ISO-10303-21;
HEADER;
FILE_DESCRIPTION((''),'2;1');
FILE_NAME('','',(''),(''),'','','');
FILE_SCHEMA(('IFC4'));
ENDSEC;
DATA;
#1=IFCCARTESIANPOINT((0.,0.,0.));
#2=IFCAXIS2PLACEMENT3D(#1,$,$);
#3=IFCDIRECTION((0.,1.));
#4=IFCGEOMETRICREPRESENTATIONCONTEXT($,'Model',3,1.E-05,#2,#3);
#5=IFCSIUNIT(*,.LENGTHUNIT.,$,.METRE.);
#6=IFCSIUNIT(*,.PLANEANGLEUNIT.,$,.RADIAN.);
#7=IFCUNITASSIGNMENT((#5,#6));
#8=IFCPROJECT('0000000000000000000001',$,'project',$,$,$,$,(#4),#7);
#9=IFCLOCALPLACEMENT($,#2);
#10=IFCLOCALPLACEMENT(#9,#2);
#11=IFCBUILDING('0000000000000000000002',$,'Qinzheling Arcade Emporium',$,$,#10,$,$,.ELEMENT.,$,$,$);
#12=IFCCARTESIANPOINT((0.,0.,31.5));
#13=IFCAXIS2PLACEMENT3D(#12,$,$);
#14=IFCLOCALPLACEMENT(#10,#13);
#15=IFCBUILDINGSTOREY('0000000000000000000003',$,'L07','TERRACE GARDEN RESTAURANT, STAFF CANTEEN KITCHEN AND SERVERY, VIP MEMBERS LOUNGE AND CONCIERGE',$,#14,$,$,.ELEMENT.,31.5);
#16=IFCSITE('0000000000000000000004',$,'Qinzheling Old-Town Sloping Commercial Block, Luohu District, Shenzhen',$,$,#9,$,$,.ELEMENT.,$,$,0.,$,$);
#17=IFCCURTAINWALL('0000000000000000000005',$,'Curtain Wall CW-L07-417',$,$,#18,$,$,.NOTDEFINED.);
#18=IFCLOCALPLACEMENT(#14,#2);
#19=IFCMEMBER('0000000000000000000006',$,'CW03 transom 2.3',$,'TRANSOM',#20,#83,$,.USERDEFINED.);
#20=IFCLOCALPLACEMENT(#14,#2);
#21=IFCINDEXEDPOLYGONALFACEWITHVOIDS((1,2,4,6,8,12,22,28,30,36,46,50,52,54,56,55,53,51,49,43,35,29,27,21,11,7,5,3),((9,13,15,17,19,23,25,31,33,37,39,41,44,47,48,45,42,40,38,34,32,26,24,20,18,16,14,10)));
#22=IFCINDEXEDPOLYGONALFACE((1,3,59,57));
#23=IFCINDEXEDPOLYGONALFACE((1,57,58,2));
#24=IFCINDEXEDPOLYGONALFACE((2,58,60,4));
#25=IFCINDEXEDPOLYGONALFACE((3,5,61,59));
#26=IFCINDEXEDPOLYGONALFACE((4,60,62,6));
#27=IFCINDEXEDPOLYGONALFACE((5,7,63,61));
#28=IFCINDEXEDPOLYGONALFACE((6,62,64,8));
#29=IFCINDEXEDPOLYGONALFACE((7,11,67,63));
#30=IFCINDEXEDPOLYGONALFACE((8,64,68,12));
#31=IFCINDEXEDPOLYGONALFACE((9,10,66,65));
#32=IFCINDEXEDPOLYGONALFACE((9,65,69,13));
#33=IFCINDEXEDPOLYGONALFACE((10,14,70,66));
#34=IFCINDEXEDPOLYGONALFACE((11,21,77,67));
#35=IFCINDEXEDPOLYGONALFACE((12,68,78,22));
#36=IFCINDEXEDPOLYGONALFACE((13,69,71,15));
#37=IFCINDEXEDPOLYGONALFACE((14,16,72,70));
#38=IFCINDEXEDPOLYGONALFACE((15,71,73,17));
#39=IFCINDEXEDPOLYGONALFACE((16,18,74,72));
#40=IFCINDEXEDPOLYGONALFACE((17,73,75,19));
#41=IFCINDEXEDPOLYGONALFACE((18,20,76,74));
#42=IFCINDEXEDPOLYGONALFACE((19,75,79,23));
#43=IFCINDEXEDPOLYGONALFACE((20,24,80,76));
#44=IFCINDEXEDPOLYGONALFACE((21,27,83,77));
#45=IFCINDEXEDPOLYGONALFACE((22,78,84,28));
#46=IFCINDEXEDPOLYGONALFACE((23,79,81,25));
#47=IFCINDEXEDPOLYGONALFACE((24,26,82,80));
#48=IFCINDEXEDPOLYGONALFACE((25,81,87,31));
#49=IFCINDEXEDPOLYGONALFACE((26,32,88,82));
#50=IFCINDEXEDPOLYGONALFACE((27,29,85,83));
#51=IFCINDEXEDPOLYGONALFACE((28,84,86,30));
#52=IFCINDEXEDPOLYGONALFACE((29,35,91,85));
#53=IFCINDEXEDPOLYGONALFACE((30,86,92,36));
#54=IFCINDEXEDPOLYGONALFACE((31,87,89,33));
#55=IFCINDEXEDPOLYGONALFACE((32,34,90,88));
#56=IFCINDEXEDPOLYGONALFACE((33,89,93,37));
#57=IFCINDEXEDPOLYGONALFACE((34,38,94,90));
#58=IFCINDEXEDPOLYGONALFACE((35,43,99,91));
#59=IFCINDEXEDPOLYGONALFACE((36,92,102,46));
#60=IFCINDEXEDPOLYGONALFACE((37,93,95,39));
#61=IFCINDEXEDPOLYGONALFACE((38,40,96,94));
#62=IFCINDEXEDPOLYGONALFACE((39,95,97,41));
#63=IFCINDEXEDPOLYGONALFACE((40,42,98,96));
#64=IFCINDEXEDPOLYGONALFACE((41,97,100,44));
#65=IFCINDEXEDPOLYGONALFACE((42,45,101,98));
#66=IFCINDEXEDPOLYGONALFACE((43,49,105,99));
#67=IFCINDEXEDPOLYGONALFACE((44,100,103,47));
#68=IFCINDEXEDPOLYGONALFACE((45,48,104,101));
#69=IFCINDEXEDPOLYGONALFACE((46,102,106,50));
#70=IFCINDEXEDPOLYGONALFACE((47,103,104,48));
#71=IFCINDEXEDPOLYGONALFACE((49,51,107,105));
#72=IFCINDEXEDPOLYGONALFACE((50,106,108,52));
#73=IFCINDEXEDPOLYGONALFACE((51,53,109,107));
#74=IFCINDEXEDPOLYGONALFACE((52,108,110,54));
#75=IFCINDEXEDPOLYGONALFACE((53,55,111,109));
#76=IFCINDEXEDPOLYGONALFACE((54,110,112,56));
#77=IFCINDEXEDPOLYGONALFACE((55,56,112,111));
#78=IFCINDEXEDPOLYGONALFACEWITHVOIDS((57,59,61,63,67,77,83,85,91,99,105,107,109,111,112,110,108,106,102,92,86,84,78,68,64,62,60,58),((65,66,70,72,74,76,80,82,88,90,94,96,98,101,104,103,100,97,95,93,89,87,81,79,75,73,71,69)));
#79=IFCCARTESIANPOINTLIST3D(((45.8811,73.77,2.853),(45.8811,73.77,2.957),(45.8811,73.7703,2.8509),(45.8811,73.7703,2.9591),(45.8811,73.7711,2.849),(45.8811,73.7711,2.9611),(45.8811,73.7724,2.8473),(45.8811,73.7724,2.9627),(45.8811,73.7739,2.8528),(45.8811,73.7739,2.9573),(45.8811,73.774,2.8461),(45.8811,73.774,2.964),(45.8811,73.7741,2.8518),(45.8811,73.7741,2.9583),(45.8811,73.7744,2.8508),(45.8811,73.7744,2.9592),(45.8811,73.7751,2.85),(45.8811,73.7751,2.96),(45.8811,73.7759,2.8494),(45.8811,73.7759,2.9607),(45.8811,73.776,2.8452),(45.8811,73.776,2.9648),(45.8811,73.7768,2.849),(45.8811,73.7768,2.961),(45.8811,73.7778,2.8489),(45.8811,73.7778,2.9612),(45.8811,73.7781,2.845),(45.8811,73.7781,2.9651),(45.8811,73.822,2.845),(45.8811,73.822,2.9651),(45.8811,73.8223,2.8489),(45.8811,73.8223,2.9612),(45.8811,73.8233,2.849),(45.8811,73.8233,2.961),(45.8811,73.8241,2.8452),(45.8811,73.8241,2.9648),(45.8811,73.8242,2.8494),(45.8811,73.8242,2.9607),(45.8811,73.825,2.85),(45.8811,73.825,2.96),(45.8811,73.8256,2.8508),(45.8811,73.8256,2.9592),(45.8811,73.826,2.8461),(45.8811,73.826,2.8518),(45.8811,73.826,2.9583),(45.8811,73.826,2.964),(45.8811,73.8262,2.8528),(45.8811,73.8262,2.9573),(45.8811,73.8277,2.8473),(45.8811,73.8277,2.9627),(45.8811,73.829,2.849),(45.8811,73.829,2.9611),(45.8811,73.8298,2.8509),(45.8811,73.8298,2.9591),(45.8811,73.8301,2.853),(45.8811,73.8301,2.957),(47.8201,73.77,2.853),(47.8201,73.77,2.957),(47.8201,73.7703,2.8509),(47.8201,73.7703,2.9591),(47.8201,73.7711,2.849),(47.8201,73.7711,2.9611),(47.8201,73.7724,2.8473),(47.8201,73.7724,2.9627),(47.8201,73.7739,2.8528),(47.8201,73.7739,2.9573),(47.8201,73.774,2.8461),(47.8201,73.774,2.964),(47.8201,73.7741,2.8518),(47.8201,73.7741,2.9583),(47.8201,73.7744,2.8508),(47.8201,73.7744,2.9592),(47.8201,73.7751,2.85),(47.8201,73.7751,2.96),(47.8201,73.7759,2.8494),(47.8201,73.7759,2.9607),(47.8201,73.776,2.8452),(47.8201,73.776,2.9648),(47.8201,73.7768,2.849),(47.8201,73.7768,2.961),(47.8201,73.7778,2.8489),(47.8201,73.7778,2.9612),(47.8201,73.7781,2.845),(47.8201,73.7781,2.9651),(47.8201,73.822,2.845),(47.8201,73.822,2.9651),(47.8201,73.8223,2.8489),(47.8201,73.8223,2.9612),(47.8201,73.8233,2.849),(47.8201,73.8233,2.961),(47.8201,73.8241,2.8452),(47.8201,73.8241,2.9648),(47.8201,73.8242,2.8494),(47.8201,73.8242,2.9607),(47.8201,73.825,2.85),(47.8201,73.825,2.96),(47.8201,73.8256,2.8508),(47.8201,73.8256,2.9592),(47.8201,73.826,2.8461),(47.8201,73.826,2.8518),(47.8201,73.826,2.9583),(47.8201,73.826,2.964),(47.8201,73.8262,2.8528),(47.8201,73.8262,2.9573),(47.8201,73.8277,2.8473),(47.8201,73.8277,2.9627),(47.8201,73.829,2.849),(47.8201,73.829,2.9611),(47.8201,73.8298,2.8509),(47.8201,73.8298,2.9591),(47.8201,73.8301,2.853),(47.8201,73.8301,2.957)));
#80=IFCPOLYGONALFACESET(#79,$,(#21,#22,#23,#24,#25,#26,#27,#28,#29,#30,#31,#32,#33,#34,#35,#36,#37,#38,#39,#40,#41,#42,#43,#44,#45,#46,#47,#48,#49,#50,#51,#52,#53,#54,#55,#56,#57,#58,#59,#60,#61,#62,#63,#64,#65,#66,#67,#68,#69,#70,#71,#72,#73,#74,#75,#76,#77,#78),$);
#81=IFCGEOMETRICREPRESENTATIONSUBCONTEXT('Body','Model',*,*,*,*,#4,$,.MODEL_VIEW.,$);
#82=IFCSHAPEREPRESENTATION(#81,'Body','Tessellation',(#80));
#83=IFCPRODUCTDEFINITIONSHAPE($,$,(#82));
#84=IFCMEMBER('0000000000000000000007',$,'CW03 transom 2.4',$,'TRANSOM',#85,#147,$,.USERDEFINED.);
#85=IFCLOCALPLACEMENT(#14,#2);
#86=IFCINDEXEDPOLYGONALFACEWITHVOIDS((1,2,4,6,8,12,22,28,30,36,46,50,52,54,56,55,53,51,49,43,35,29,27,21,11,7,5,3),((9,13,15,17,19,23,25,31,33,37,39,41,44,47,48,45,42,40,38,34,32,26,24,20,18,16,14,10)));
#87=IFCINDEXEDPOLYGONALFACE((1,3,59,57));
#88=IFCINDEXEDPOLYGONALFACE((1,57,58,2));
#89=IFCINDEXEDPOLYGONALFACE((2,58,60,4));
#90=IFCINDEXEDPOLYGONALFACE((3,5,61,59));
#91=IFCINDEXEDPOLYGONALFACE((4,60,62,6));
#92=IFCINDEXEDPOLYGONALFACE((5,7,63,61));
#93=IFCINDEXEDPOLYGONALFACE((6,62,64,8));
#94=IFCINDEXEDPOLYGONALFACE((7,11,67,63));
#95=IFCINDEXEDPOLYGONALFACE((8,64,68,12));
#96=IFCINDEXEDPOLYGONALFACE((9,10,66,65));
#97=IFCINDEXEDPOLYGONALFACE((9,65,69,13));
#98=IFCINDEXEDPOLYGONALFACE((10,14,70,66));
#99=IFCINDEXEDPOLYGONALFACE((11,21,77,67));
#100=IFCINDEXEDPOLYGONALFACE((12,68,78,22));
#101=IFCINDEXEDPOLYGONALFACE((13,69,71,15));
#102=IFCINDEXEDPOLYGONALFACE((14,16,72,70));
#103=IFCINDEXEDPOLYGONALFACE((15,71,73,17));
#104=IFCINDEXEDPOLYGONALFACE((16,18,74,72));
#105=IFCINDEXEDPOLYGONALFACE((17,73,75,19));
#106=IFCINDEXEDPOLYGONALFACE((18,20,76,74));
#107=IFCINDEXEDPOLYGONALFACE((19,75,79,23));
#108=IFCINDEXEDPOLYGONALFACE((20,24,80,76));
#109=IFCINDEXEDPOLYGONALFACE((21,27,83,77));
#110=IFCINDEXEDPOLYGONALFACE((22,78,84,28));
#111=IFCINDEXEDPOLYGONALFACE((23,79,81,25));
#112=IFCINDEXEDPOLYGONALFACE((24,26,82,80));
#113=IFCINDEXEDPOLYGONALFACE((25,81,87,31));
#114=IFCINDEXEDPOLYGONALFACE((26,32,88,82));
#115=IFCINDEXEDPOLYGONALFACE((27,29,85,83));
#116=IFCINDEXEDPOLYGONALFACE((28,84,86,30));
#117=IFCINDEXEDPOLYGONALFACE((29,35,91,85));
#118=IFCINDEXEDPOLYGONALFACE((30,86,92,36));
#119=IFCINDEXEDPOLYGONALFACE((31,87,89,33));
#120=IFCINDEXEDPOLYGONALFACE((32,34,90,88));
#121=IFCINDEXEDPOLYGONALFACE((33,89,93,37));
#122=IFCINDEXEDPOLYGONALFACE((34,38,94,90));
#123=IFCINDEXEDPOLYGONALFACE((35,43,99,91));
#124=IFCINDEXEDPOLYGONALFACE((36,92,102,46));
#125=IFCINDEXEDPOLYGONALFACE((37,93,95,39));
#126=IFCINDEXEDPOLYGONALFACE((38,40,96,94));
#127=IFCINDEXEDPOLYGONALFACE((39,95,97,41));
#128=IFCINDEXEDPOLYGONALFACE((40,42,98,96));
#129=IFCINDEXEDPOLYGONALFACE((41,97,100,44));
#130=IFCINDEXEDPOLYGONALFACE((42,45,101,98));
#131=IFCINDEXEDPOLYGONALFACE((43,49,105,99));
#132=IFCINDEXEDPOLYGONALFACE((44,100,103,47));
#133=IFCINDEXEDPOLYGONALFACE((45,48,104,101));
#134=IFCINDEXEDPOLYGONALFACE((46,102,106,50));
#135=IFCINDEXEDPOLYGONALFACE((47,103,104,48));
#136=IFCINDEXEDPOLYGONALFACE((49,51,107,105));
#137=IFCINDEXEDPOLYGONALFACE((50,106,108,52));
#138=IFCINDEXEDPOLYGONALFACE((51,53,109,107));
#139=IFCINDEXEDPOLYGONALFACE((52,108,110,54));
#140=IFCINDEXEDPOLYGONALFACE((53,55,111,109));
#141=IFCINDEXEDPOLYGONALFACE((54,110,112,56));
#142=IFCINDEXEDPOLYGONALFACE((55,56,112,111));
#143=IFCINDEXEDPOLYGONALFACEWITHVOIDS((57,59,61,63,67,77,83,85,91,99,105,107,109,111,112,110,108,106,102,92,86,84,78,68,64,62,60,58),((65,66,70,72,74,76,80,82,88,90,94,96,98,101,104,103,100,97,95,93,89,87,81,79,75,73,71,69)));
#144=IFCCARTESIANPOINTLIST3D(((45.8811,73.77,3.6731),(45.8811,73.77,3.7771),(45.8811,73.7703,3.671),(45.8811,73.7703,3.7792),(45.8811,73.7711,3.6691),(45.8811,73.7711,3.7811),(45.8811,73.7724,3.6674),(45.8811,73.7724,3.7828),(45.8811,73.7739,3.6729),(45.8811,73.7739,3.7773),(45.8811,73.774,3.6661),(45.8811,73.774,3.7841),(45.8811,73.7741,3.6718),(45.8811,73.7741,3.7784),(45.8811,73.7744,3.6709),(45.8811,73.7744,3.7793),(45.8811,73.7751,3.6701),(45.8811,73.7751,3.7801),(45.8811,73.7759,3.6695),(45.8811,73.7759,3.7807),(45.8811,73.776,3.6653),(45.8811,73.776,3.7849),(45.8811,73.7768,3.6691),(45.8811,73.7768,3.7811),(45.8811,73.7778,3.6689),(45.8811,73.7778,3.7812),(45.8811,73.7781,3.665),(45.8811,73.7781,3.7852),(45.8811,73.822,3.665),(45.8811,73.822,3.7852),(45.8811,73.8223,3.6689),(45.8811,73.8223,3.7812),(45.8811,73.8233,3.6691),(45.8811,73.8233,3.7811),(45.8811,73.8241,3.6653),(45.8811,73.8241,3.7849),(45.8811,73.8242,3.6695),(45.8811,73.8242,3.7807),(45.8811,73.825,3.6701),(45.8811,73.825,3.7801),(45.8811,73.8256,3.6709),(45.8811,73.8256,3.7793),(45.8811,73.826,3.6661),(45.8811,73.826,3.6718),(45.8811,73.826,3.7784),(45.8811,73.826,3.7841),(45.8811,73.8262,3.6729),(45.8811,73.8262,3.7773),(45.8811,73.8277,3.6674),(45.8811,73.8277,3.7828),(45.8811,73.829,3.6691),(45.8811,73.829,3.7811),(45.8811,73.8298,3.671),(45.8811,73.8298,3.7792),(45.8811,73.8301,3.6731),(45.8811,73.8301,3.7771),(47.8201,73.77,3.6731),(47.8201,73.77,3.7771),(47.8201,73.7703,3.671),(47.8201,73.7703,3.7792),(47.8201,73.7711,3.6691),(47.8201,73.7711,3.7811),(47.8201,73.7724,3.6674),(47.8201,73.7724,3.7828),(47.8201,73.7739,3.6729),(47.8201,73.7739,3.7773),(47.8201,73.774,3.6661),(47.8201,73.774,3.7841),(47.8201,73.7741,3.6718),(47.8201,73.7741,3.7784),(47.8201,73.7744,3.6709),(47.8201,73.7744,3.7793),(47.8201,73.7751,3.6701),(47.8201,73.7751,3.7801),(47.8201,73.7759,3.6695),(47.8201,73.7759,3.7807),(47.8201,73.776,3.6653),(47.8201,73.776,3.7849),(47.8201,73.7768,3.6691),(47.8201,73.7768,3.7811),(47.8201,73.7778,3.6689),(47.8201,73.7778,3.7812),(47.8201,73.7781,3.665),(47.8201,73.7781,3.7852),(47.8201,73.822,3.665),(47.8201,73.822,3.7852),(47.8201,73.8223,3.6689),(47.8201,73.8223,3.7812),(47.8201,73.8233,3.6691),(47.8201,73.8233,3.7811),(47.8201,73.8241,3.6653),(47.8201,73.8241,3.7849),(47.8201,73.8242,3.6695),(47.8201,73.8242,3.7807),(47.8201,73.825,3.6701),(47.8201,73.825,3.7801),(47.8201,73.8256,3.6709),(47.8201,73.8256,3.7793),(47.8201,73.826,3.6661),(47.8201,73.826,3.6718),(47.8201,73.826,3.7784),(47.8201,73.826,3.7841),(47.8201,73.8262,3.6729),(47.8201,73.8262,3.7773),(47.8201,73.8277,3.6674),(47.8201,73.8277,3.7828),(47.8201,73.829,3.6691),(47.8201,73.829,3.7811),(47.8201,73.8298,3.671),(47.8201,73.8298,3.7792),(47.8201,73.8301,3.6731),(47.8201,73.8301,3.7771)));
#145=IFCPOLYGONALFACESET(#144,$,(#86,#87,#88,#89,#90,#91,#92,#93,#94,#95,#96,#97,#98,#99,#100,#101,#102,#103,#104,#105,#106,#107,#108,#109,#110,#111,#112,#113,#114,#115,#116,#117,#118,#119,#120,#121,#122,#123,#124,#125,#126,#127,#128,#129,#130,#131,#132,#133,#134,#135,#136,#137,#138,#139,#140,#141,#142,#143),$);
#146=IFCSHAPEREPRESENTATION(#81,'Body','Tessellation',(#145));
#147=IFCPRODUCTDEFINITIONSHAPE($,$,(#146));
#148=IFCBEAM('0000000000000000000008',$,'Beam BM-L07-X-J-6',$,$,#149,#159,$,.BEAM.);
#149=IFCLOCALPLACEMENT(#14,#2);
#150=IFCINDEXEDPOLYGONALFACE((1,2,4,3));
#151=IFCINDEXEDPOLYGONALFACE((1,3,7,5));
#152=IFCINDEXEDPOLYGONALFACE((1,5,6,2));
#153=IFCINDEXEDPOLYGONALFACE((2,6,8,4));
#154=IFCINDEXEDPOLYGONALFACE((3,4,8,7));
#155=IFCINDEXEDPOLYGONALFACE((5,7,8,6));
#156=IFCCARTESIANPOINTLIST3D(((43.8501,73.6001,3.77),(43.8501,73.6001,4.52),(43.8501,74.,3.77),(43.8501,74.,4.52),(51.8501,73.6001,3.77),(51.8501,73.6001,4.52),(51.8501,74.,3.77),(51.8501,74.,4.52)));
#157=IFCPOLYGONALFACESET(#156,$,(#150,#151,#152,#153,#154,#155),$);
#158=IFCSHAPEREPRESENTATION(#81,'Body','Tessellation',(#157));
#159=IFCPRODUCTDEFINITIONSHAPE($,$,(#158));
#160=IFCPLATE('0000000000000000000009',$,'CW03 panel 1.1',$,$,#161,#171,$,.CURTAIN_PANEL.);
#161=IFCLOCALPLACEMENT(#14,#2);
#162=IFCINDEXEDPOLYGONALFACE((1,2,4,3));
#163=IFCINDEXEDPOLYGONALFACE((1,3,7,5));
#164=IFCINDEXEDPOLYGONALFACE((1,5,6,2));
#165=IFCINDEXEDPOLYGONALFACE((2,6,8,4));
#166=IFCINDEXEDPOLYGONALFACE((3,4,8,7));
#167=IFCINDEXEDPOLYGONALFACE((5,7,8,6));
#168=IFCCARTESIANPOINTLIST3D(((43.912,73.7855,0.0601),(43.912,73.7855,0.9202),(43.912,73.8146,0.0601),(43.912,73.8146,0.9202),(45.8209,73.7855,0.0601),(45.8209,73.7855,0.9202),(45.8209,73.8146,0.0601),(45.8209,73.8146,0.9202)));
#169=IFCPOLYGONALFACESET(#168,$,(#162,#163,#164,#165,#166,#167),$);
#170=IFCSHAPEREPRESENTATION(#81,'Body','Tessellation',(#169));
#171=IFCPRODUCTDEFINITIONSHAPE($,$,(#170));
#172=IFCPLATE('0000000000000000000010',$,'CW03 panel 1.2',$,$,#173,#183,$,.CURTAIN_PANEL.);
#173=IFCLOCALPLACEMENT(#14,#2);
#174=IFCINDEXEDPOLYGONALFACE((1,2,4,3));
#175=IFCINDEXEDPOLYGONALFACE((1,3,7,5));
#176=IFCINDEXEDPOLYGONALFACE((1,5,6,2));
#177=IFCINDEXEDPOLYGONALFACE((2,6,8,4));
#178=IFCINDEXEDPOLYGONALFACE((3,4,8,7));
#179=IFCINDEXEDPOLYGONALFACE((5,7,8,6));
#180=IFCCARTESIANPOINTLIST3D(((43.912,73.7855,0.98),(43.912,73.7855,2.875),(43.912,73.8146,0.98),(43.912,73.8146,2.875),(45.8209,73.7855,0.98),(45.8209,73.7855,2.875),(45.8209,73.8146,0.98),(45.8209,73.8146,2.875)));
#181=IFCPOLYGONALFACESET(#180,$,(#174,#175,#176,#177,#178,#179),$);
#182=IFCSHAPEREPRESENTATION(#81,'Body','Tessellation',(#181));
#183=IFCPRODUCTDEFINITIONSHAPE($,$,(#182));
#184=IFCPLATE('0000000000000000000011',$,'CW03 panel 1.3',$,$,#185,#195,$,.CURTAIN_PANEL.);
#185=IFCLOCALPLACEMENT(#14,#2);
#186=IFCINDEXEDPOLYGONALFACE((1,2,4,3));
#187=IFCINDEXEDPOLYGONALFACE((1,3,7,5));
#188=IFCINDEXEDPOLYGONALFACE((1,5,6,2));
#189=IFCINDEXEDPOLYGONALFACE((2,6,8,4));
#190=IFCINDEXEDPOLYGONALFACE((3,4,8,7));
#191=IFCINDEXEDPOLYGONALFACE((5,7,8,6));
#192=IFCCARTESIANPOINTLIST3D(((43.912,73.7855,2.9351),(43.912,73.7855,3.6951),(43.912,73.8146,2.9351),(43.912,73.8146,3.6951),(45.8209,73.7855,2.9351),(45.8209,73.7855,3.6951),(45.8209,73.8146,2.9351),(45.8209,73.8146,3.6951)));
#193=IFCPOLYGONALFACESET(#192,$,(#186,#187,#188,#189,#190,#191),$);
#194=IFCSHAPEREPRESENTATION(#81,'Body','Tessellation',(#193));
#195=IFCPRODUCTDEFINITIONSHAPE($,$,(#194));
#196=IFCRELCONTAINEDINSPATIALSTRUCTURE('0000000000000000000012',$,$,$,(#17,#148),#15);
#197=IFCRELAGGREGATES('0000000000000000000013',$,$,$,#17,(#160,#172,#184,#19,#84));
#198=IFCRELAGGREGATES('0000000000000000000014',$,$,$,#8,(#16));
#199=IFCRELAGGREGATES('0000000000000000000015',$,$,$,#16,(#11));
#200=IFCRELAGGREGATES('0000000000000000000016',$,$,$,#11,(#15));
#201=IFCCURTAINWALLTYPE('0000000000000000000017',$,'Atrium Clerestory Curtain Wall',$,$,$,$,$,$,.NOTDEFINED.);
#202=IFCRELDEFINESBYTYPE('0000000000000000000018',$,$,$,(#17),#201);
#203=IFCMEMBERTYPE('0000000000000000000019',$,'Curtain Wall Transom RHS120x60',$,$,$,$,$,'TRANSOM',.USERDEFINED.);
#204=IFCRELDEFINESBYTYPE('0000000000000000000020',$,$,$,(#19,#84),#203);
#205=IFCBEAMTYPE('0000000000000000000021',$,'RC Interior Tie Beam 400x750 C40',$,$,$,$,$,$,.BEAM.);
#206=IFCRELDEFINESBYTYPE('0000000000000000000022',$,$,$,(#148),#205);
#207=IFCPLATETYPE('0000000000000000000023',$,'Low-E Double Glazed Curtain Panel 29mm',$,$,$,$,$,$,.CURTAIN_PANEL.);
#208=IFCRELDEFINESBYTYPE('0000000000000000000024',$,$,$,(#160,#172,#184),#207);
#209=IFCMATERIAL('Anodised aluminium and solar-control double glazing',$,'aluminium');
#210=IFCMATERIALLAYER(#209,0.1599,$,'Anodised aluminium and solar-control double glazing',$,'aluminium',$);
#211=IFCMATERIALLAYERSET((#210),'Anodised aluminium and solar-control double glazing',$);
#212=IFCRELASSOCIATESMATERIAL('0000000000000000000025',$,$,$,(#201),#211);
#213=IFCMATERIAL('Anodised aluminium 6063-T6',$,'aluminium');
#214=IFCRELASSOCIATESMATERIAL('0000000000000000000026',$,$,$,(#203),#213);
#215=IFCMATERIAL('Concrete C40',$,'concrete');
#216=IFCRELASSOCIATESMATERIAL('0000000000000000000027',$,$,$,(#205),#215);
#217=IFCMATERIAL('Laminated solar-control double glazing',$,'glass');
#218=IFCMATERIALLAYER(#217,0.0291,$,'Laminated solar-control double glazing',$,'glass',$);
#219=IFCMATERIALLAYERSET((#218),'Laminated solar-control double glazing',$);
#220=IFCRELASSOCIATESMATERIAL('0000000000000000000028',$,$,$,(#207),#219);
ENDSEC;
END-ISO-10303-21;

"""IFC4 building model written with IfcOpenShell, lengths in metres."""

from ifc_helpers import new_model, si_unit, direction, frame, origin, origin_2d, place, context, subcontext, project, spatial, rectangle, hollow_rectangle, extrude, material, layer, layer_set, material_profile, profile_set, type_object, element, aggregate, save


model = new_model("IFC4")

# Units and contexts
model_context = context("Model", 3, precision=1e-05, world=origin(), true_north=direction((0.0, 1.0)))
body_context = subcontext(model_context, "Body", "Model", "MODEL_VIEW")
ifc_project = project(units=[si_unit("LENGTHUNIT", "METRE"), si_unit("PLANEANGLEUNIT", "RADIAN")], contexts=[model_context])

# Site, building, storey
site_placement = place(None, origin())
site = spatial("IfcSite", under=ifc_project, at=site_placement, Name="Qinzheling Old-Town Sloping Commercial Block, Luohu District, Shenzhen", CompositionType="ELEMENT", RefElevation=0.0)
building_placement = place(site_placement, origin())
building = spatial("IfcBuilding", under=site, at=building_placement, Name="Qinzheling Arcade Emporium", CompositionType="ELEMENT")
storey_placement = place(building_placement, frame((0.0, 0.0, 31.5)))
storey = spatial("IfcBuildingStorey", under=building, at=storey_placement, Name="L07", Description="TERRACE GARDEN RESTAURANT, STAFF CANTEEN KITCHEN AND SERVERY, VIP MEMBERS LOUNGE AND CONCIERGE", CompositionType="ELEMENT", Elevation=31.5)

# Shared definitions
ifc_material_1 = material(Name="Concrete C40", Category="concrete")

# Curtain wall, members
ifc_material_2 = material(Name="Anodised aluminium and solar-control double glazing", Category="aluminium")
ifc_layer_1 = layer(ifc_material_2, 0.1599, Name="Anodised aluminium and solar-control double glazing", Category="aluminium")
ifc_layer_set_1 = layer_set([ifc_layer_1], Name="Anodised aluminium and solar-control double glazing")
curtain_wall_type = type_object("IfcCurtainWallType", Name="Atrium Clerestory Curtain Wall", PredefinedType="NOTDEFINED", material=ifc_layer_set_1)
curtain_wall_placement = place(storey_placement, origin())
curtain_wall = element("IfcCurtainWall", 1, at=curtain_wall_placement, inside=storey, type_object=curtain_wall_type, Name="Curtain Wall CW-L07-417", PredefinedType="NOTDEFINED")
ifc_material_3 = material(Name="Anodised aluminium 6063-T6", Category="aluminium")
ifc_material_profile_1 = material_profile(ifc_material_3, hollow_rectangle(XDim=0.0601, YDim=0.1201, WallThickness=0.0039, InnerFilletRadius=0.0039, OuterFilletRadius=0.0081, at=origin_2d()), Name="RHS 120x60x4", Category="aluminium")
ifc_profile_set_1 = profile_set([ifc_material_profile_1], Name="Anodised aluminium 6063-T6")
member_type_1 = type_object("IfcMemberType", Name="Curtain Wall Transom RHS120x60", ElementType="TRANSOM", PredefinedType="USERDEFINED", material=ifc_profile_set_1)
member_1_placement = place(storey_placement, frame((45.8811, 73.8, 2.905), z_axis=(1.0, 0.0, 0.0), x_axis=(0.0, 1.0, 0.0)))
member_1 = element("IfcMember", 2, at=member_1_placement, type_object=member_type_1, Name="CW03 transom 2.3", ObjectType="TRANSOM", PredefinedType="USERDEFINED", context=body_context, shape_type="SweptSolid", body=[
    extrude(hollow_rectangle(XDim=0.0601, YDim=0.1201, WallThickness=0.0039, InnerFilletRadius=0.0039, OuterFilletRadius=0.0081, at=origin_2d()), origin(), (0.0, 0.0, 1.0), 1.939),
])
member_2_placement = place(storey_placement, frame((45.8811, 73.8, 3.7251), z_axis=(1.0, 0.0, 0.0), x_axis=(0.0, 1.0, 0.0)))
member_2 = element("IfcMember", 3, at=member_2_placement, type_object=member_type_1, Name="CW03 transom 2.4", ObjectType="TRANSOM", PredefinedType="USERDEFINED", context=body_context, shape_type="SweptSolid", body=[
    extrude(hollow_rectangle(XDim=0.0601, YDim=0.1201, WallThickness=0.0039, InnerFilletRadius=0.0039, OuterFilletRadius=0.0081, at=origin_2d()), origin(), (0.0, 0.0, 1.0), 1.939),
])

# Beam
ifc_material_profile_2 = material_profile(ifc_material_1, rectangle(XDim=0.3999, YDim=0.75, at=origin_2d()), Name="RC 400x750", Category="concrete")
ifc_profile_set_2 = profile_set([ifc_material_profile_2], Name="Concrete C40")
beam_type = type_object("IfcBeamType", Name="RC Interior Tie Beam 400x750 C40", PredefinedType="BEAM", material=ifc_profile_set_2)
beam_placement = place(storey_placement, frame((43.8501, 73.8, 4.145), z_axis=(1.0, 0.0, 0.0), x_axis=(0.0, 1.0, 0.0)))
element("IfcBeam", 4, at=beam_placement, inside=storey, type_object=beam_type, Name="Beam BM-L07-X-J-6", PredefinedType="BEAM", context=body_context, shape_type="SweptSolid", body=[
    extrude(rectangle(XDim=0.3999, YDim=0.75, at=origin_2d()), origin(), (0.0, 0.0, 1.0), 8.0),
])

# Plates
ifc_material_4 = material(Name="Laminated solar-control double glazing", Category="glass")
ifc_layer_2 = layer(ifc_material_4, 0.0291, Name="Laminated solar-control double glazing", Category="glass")
ifc_layer_set_2 = layer_set([ifc_layer_2], Name="Laminated solar-control double glazing")
plate_type = type_object("IfcPlateType", Name="Low-E Double Glazed Curtain Panel 29mm", PredefinedType="CURTAIN_PANEL", material=ifc_layer_set_2)
plate_1_placement = place(storey_placement, frame((44.8665, 73.8, 0.0601), z_axis=(0.0, 0.0, 1.0), x_axis=(1.0, 0.0, 0.0)))
plate_1 = element("IfcPlate", 5, at=plate_1_placement, type_object=plate_type, Name="CW03 panel 1.1", PredefinedType="CURTAIN_PANEL", context=body_context, shape_type="SweptSolid", body=[
    extrude(rectangle(XDim=1.9089, YDim=0.0291, at=origin_2d()), origin(), (0.0, 0.0, 1.0), 0.8601),
])
plate_2_placement = place(storey_placement, frame((44.8665, 73.8, 0.98), z_axis=(0.0, 0.0, 1.0), x_axis=(1.0, 0.0, 0.0)))
plate_2 = element("IfcPlate", 6, at=plate_2_placement, type_object=plate_type, Name="CW03 panel 1.2", PredefinedType="CURTAIN_PANEL", context=body_context, shape_type="SweptSolid", body=[
    extrude(rectangle(XDim=1.9089, YDim=0.0291, at=origin_2d()), origin(), (0.0, 0.0, 1.0), 1.895),
])
plate_3_placement = place(storey_placement, frame((44.8665, 73.8, 2.9351), z_axis=(0.0, 0.0, 1.0), x_axis=(1.0, 0.0, 0.0)))
plate_3 = element("IfcPlate", 7, at=plate_3_placement, type_object=plate_type, Name="CW03 panel 1.3", PredefinedType="CURTAIN_PANEL", context=body_context, shape_type="SweptSolid", body=[
    extrude(rectangle(XDim=1.9089, YDim=0.0291, at=origin_2d()), origin(), (0.0, 0.0, 1.0), 0.76),
])
aggregate(curtain_wall, [plate_1, plate_2, plate_3, member_1, member_2])

save(model, "model.ifc")
